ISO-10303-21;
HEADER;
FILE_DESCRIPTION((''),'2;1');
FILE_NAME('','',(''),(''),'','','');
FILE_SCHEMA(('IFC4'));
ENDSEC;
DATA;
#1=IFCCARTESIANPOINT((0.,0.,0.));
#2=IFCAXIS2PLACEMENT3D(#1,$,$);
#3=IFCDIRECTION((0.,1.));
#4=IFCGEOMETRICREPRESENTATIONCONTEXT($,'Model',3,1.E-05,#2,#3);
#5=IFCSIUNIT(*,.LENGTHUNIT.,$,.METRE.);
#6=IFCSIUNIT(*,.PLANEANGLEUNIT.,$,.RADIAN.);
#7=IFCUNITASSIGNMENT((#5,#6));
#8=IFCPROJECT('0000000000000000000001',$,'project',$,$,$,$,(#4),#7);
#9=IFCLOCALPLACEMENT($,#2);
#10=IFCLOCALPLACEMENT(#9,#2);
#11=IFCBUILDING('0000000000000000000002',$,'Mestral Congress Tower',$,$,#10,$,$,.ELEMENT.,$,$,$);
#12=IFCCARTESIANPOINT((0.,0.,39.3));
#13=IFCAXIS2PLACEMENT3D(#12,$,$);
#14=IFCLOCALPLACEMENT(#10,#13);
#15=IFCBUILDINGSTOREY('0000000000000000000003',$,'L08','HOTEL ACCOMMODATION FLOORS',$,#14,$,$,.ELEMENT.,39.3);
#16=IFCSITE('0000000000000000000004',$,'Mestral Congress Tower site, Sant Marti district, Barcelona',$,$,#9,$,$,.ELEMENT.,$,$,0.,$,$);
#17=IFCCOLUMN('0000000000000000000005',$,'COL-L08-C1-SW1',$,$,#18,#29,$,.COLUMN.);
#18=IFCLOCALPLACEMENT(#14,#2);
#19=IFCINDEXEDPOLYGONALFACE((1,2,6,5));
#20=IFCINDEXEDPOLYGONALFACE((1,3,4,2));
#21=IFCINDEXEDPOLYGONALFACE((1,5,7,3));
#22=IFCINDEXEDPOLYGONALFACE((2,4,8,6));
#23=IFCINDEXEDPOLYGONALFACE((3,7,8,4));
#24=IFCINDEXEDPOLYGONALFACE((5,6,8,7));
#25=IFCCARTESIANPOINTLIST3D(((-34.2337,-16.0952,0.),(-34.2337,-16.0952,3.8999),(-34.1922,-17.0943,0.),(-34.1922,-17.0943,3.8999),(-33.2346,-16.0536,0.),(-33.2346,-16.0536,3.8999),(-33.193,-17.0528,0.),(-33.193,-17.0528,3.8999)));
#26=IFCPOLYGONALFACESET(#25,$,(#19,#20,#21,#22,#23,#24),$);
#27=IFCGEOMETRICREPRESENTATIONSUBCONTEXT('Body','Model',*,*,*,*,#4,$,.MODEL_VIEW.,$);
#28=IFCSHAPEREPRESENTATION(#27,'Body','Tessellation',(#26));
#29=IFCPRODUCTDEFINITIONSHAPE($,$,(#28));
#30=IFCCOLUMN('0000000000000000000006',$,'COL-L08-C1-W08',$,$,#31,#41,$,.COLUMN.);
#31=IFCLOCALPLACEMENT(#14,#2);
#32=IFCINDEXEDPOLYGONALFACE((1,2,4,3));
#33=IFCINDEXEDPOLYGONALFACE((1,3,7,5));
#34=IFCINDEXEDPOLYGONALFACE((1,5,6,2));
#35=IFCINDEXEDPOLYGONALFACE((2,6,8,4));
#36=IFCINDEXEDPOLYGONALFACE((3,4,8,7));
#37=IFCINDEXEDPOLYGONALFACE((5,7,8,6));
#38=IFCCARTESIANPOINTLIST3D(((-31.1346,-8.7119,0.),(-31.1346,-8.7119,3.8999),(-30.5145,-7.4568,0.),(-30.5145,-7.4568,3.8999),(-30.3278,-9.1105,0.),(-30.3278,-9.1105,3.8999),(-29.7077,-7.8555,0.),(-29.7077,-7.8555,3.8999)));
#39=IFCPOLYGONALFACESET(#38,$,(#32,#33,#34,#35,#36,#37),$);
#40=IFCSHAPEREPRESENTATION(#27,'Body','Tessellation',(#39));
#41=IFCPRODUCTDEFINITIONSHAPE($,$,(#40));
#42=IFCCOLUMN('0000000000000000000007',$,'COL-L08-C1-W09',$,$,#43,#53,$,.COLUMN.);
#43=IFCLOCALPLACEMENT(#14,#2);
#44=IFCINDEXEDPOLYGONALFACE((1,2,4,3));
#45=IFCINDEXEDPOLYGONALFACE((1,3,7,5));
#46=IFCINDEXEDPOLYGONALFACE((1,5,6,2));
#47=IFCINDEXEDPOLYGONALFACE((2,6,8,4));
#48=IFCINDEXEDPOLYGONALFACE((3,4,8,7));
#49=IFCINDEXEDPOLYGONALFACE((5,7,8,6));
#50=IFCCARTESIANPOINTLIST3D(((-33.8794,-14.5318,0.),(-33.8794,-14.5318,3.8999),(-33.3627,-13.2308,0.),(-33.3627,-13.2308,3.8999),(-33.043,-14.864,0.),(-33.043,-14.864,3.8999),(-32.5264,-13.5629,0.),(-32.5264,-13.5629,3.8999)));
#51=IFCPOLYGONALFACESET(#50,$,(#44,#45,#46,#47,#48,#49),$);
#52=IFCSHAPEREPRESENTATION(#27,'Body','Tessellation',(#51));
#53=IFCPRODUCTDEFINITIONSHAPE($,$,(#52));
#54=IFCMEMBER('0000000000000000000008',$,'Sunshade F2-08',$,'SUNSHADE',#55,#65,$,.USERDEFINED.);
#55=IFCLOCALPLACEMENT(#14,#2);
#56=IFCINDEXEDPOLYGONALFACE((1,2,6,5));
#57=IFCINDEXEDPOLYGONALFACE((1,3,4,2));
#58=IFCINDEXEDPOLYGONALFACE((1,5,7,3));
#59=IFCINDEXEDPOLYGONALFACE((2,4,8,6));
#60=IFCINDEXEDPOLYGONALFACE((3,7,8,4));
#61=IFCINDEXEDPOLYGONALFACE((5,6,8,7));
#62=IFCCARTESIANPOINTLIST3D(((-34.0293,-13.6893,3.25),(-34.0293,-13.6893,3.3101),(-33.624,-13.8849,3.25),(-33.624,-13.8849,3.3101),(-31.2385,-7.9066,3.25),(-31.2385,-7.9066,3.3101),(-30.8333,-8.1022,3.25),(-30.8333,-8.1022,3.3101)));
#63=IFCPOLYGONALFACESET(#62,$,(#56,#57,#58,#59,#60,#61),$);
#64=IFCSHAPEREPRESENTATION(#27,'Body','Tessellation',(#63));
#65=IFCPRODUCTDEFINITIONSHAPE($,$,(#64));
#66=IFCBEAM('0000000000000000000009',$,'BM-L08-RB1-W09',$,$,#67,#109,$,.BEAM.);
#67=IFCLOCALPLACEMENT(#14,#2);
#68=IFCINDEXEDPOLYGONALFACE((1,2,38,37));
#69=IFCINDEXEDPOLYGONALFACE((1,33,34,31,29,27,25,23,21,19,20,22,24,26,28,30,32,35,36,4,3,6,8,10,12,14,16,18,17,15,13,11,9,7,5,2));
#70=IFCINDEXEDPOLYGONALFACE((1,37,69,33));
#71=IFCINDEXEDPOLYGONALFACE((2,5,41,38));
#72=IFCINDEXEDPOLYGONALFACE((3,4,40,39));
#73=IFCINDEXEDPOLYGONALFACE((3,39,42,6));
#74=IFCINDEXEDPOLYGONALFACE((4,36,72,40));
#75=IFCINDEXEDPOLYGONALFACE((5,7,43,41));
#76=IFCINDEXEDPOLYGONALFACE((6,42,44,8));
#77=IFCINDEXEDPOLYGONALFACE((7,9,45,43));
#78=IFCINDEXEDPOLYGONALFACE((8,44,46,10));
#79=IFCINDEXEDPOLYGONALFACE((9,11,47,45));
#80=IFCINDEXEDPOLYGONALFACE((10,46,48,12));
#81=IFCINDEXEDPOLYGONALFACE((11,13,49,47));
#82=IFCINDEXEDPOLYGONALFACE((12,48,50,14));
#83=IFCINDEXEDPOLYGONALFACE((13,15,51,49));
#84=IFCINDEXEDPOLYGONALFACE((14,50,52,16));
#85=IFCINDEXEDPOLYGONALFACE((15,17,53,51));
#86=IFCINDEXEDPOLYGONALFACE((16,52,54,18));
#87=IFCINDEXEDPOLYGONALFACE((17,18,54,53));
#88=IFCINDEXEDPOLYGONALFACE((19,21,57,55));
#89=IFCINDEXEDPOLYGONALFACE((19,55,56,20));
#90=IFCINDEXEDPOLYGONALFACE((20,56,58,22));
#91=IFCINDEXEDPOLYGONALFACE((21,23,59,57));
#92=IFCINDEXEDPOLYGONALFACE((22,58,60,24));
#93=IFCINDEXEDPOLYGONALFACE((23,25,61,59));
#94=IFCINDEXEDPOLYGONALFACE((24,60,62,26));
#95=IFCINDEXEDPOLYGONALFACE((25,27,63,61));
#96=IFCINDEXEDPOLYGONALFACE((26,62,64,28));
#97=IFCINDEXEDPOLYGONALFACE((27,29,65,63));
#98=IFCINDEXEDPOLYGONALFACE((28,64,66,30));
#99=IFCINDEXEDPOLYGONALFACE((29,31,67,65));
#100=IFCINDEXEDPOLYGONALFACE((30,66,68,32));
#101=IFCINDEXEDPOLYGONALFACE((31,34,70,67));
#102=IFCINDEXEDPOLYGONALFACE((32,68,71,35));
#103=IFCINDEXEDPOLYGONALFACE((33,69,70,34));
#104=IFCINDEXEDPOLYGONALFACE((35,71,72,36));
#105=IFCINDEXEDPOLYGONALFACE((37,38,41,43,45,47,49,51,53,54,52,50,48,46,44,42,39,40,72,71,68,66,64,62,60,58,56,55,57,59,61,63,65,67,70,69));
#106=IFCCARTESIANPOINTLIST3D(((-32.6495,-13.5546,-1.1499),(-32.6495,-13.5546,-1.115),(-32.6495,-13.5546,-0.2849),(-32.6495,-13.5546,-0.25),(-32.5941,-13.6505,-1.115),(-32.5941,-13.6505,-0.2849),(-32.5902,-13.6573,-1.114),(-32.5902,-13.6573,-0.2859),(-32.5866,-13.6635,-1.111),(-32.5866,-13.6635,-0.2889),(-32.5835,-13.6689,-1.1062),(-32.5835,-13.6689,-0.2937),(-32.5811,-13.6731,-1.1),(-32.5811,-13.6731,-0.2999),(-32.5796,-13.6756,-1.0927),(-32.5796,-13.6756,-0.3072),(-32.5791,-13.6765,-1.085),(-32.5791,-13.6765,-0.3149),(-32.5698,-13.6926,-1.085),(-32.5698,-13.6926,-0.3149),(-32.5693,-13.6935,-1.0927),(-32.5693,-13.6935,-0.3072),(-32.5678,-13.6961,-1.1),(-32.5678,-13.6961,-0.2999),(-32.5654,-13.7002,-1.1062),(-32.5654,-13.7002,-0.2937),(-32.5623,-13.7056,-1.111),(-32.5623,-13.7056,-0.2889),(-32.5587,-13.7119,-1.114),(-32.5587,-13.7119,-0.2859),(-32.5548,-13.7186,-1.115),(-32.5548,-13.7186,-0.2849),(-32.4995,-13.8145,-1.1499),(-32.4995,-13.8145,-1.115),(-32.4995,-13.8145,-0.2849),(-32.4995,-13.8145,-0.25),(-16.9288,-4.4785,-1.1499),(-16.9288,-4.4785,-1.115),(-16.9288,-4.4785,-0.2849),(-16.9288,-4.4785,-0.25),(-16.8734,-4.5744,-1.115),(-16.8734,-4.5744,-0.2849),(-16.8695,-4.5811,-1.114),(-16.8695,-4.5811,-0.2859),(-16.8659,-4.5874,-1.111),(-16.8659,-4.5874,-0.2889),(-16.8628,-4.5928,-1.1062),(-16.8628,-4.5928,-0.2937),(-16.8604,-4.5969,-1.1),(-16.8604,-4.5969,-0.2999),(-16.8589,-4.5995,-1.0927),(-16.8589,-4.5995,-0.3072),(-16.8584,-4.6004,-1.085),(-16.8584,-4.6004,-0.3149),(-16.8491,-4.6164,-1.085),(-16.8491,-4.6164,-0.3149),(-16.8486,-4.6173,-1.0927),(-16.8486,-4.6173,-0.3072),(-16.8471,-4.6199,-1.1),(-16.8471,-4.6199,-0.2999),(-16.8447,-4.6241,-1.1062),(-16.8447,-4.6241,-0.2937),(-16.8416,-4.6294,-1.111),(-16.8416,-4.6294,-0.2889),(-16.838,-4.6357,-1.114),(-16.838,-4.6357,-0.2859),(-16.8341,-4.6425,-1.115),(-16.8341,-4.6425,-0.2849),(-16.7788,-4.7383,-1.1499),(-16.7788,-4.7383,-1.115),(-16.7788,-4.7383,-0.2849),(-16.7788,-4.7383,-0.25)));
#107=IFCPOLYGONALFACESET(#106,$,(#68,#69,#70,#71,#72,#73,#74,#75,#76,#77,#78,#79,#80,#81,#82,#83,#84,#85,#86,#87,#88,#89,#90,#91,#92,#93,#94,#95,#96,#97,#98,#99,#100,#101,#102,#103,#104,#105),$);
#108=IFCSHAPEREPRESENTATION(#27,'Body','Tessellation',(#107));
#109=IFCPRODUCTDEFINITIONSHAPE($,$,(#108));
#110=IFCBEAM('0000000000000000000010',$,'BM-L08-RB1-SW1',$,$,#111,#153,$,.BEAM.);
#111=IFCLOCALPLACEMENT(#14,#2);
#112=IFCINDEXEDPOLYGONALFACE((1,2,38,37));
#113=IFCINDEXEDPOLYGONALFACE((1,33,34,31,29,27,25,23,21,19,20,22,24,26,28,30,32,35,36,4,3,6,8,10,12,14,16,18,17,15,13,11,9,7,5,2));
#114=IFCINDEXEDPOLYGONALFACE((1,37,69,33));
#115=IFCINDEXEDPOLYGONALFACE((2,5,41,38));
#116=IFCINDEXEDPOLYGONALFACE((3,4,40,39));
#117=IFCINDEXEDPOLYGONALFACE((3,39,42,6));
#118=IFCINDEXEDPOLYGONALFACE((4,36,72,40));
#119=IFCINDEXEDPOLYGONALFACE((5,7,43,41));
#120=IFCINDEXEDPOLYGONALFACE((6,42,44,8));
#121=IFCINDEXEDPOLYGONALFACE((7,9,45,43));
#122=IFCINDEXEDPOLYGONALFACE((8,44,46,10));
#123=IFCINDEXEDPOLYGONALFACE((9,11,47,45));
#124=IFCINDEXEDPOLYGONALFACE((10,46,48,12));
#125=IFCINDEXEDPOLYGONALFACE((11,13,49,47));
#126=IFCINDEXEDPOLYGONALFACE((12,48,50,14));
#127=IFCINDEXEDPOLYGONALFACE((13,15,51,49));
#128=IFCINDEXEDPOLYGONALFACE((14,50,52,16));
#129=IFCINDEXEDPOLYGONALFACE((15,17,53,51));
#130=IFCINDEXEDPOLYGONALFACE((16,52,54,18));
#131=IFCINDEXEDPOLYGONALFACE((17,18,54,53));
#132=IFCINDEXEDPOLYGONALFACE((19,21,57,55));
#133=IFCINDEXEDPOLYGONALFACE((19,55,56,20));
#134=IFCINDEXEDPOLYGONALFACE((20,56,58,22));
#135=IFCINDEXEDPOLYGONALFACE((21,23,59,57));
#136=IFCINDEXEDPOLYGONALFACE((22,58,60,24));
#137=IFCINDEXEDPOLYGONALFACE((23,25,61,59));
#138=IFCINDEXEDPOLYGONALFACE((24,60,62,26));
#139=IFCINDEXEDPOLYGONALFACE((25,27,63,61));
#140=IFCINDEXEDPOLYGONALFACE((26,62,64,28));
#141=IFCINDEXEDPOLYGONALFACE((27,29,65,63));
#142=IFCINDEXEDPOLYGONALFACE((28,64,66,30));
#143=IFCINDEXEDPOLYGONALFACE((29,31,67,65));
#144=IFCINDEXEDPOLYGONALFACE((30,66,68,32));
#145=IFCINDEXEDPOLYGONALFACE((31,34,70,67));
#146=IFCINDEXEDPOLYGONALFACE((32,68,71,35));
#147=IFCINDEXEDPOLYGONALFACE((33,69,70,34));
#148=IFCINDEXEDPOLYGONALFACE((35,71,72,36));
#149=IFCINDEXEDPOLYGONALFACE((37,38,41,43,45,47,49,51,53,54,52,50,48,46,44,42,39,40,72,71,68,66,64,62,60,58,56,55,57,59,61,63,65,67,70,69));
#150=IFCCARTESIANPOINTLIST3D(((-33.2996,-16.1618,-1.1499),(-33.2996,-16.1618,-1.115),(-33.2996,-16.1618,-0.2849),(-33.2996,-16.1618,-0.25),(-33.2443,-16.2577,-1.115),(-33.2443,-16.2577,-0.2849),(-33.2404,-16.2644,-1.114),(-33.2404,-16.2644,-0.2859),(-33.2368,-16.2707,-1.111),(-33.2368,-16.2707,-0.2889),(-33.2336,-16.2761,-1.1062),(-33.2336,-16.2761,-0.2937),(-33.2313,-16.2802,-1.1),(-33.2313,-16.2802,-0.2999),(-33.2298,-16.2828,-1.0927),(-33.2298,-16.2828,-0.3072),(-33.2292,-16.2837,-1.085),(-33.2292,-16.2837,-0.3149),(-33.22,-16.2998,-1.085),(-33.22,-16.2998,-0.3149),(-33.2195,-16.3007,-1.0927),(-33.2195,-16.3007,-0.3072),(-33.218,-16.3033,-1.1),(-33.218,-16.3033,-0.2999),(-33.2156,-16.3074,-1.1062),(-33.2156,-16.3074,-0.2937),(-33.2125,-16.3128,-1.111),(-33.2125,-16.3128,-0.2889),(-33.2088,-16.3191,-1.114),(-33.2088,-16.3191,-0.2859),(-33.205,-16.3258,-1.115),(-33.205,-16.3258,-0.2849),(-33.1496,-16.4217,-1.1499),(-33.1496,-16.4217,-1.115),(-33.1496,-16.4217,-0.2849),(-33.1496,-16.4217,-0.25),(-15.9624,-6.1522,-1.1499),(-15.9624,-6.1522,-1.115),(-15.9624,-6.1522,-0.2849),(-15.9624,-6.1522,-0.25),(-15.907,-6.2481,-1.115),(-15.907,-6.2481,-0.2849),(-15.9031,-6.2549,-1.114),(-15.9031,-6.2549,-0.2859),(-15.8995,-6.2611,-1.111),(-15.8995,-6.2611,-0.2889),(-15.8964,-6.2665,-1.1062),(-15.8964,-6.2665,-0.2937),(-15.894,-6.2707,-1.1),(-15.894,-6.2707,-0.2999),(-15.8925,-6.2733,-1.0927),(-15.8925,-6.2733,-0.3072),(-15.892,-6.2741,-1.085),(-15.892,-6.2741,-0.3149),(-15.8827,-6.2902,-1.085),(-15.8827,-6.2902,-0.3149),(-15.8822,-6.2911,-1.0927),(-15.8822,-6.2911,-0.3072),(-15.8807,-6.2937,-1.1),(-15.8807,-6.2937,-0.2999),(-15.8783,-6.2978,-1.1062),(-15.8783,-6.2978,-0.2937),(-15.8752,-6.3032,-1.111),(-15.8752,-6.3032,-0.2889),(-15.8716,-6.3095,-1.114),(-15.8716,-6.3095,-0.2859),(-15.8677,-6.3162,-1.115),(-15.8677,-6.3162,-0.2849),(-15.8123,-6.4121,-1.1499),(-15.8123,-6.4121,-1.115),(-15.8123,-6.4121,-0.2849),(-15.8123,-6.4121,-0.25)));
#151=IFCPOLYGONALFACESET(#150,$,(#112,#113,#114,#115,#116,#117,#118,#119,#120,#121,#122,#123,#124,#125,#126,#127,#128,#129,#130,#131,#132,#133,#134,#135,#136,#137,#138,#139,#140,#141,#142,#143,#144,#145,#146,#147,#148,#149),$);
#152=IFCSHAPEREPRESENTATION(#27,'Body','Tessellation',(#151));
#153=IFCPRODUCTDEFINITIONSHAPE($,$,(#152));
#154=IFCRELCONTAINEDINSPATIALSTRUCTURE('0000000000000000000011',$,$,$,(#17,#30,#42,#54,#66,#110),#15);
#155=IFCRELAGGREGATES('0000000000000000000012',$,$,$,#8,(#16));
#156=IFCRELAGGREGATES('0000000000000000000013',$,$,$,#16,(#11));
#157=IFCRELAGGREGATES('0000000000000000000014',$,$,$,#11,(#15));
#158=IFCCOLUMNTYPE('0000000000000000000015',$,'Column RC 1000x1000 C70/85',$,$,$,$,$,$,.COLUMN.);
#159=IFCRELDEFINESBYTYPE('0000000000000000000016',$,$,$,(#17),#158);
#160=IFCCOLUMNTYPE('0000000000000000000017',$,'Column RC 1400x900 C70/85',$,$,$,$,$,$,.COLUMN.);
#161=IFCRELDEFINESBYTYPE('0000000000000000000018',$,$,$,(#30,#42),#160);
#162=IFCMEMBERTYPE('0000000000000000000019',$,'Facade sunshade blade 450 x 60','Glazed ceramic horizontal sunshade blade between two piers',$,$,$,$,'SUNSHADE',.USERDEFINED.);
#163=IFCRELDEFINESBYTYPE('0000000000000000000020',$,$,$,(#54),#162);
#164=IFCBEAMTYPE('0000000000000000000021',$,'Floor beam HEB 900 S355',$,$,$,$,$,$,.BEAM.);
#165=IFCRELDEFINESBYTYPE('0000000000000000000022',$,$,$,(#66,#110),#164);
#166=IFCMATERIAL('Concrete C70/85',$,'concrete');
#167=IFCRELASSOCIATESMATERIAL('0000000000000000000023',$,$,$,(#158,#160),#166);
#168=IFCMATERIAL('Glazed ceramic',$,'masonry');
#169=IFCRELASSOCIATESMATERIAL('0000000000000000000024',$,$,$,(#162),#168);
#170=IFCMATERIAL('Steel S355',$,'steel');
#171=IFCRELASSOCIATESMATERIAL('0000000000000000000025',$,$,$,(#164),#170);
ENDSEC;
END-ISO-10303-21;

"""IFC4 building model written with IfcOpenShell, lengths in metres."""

from ifc_helpers import new_model, si_unit, direction, frame, origin, origin_2d, place, context, subcontext, project, spatial, rectangle, i_section, extrude, material, material_profile, profile_set, type_object, element, save


model = new_model("IFC4")

# Units and contexts
model_context = context("Model", 3, precision=1e-05, world=origin(), true_north=direction((0.0, 1.0)))
body_context = subcontext(model_context, "Body", "Model", "MODEL_VIEW")
ifc_project = project(units=[si_unit("LENGTHUNIT", "METRE"), si_unit("PLANEANGLEUNIT", "RADIAN")], contexts=[model_context])

# Site, building, storey
site_placement = place(None, origin())
site = spatial("IfcSite", under=ifc_project, at=site_placement, Name="Mestral Congress Tower site, Sant Marti district, Barcelona", CompositionType="ELEMENT", RefElevation=0.0)
building_placement = place(site_placement, origin())
building = spatial("IfcBuilding", under=site, at=building_placement, Name="Mestral Congress Tower", CompositionType="ELEMENT")
storey_placement = place(building_placement, frame((0.0, 0.0, 39.3)))
storey = spatial("IfcBuildingStorey", under=building, at=storey_placement, Name="L08", Description="HOTEL ACCOMMODATION FLOORS", CompositionType="ELEMENT", Elevation=39.3)

# Columns
ifc_material_1 = material(Name="Concrete C70/85", Category="concrete")
ifc_material_profile_1 = material_profile(ifc_material_1, rectangle(XDim=1.0, YDim=1.0, at=origin_2d()), Name="RC 1000x1000")
ifc_profile_set_1 = profile_set([ifc_material_profile_1], Name="Concrete C70/85")
column_type_1 = type_object("IfcColumnType", Name="Column RC 1000x1000 C70/85", PredefinedType="COLUMN", material=ifc_profile_set_1)
column_placement = place(storey_placement, frame((-33.7134, -16.574, 0.0), z_axis=(0.0, 0.0, 1.0), x_axis=(0.041583, -0.999135, 0.0)))
element("IfcColumn", 1, at=column_placement, inside=storey, type_object=column_type_1, Name="COL-L08-C1-SW1", PredefinedType="COLUMN", context=body_context, shape_type="SweptSolid", body=[
    extrude(rectangle(XDim=1.0, YDim=1.0, at=origin_2d()), origin(), (0.0, 0.0, 1.0), 3.8999),
])
ifc_material_profile_2 = material_profile(ifc_material_1, rectangle(XDim=1.3999, YDim=0.8999, at=origin_2d()), Name="RC 1400x900")
ifc_profile_set_2 = profile_set([ifc_material_profile_2], Name="Concrete C70/85")
column_type_2 = type_object("IfcColumnType", Name="Column RC 1400x900 C70/85", PredefinedType="COLUMN", material=ifc_profile_set_2)
for number, where, z_axis, x_axis, name in (
    (2, (-30.4211, -8.2837, 0.0), (0.0, 0.0, 1.0), (-0.442959, -0.896542, 0.0), "COL-L08-C1-W08"),
    (3, (-33.2029, -14.0474, 0.0), (0.0, 0.0, 1.0), (-0.36909, -0.929394, 0.0), "COL-L08-C1-W09"),
):
    element("IfcColumn", number, at=place(storey_placement, frame(where, z_axis=z_axis, x_axis=x_axis)), inside=storey, type_object=column_type_2, Name=name, PredefinedType="COLUMN", context=body_context, shape_type="SweptSolid", body=[
        extrude(rectangle(XDim=1.3999, YDim=0.8999, at=origin_2d()), origin(), (0.0, 0.0, 1.0), 3.8999),
    ])

# Member
ifc_material_2 = material(Name="Glazed ceramic", Category="masonry")
ifc_material_profile_3 = material_profile(ifc_material_2, rectangle(XDim=0.45, YDim=0.0601, at=origin_2d()), Name="Ceramic blade 450 x 60")
ifc_profile_set_3 = profile_set([ifc_material_profile_3], Name="Glazed ceramic")
member_type = type_object("IfcMemberType", Name="Facade sunshade blade 450 x 60", Description="Glazed ceramic horizontal sunshade blade between two piers", ElementType="SUNSHADE", PredefinedType="USERDEFINED", material=ifc_profile_set_3)
member_placement = place(storey_placement, frame((-31.0359, -8.0044, 3.28), z_axis=(-0.434637, -0.900606, 0.0), x_axis=(0.900606, -0.434637, 0.0)))
element("IfcMember", 4, at=member_placement, inside=storey, type_object=member_type, Name="Sunshade F2-08", ObjectType="SUNSHADE", PredefinedType="USERDEFINED", context=body_context, shape_type="SweptSolid", body=[
    extrude(rectangle(XDim=0.45, YDim=0.0601, at=origin_2d()), origin(), (0.0, 0.0, 1.0), 6.4209),
])

# Beams
ifc_material_3 = material(Name="Steel S355", Category="steel")
ifc_material_profile_4 = material_profile(ifc_material_3, i_section(OverallWidth=0.3, OverallDepth=0.8999, WebThickness=0.0186, FlangeThickness=0.0349, FilletRadius=0.03, at=origin_2d()), Name="HEB 900")
ifc_profile_set_4 = profile_set([ifc_material_profile_4], Name="Steel S355")
beam_type_1 = type_object("IfcBeamType", Name="Floor beam HEB 900 S355", PredefinedType="BEAM", material=ifc_profile_set_4)
beam_1_placement = place(storey_placement, frame((-32.5745, -13.6846, -0.7), z_axis=(0.86603, 0.499993, 0.0), x_axis=(-0.499993, 0.86603, 0.0)))
element("IfcBeam", 5, at=beam_1_placement, inside=storey, type_object=beam_type_1, Name="BM-L08-RB1-W09", PredefinedType="BEAM", context=body_context, shape_type="SweptSolid", body=[
    extrude(i_section(OverallWidth=0.3, OverallDepth=0.8999, WebThickness=0.0186, FlangeThickness=0.0349, FilletRadius=0.03, at=origin_2d()), origin(), (0.0, 0.0, 1.0), 18.1526),
])
beam_2_placement = place(storey_placement, frame((-33.2246, -16.2917, -0.7), z_axis=(0.866027, 0.499997, 0.0), x_axis=(-0.499997, 0.866027, 0.0)))
element("IfcBeam", 6, at=beam_2_placement, inside=storey, type_object=beam_type_1, Name="BM-L08-RB1-SW1", PredefinedType="BEAM", context=body_context, shape_type="SweptSolid", body=[
    extrude(i_section(OverallWidth=0.3, OverallDepth=0.8999, WebThickness=0.0186, FlangeThickness=0.0349, FilletRadius=0.03, at=origin_2d()), origin(), (0.0, 0.0, 1.0), 20.0193),
])

save(model, "model.ifc")
